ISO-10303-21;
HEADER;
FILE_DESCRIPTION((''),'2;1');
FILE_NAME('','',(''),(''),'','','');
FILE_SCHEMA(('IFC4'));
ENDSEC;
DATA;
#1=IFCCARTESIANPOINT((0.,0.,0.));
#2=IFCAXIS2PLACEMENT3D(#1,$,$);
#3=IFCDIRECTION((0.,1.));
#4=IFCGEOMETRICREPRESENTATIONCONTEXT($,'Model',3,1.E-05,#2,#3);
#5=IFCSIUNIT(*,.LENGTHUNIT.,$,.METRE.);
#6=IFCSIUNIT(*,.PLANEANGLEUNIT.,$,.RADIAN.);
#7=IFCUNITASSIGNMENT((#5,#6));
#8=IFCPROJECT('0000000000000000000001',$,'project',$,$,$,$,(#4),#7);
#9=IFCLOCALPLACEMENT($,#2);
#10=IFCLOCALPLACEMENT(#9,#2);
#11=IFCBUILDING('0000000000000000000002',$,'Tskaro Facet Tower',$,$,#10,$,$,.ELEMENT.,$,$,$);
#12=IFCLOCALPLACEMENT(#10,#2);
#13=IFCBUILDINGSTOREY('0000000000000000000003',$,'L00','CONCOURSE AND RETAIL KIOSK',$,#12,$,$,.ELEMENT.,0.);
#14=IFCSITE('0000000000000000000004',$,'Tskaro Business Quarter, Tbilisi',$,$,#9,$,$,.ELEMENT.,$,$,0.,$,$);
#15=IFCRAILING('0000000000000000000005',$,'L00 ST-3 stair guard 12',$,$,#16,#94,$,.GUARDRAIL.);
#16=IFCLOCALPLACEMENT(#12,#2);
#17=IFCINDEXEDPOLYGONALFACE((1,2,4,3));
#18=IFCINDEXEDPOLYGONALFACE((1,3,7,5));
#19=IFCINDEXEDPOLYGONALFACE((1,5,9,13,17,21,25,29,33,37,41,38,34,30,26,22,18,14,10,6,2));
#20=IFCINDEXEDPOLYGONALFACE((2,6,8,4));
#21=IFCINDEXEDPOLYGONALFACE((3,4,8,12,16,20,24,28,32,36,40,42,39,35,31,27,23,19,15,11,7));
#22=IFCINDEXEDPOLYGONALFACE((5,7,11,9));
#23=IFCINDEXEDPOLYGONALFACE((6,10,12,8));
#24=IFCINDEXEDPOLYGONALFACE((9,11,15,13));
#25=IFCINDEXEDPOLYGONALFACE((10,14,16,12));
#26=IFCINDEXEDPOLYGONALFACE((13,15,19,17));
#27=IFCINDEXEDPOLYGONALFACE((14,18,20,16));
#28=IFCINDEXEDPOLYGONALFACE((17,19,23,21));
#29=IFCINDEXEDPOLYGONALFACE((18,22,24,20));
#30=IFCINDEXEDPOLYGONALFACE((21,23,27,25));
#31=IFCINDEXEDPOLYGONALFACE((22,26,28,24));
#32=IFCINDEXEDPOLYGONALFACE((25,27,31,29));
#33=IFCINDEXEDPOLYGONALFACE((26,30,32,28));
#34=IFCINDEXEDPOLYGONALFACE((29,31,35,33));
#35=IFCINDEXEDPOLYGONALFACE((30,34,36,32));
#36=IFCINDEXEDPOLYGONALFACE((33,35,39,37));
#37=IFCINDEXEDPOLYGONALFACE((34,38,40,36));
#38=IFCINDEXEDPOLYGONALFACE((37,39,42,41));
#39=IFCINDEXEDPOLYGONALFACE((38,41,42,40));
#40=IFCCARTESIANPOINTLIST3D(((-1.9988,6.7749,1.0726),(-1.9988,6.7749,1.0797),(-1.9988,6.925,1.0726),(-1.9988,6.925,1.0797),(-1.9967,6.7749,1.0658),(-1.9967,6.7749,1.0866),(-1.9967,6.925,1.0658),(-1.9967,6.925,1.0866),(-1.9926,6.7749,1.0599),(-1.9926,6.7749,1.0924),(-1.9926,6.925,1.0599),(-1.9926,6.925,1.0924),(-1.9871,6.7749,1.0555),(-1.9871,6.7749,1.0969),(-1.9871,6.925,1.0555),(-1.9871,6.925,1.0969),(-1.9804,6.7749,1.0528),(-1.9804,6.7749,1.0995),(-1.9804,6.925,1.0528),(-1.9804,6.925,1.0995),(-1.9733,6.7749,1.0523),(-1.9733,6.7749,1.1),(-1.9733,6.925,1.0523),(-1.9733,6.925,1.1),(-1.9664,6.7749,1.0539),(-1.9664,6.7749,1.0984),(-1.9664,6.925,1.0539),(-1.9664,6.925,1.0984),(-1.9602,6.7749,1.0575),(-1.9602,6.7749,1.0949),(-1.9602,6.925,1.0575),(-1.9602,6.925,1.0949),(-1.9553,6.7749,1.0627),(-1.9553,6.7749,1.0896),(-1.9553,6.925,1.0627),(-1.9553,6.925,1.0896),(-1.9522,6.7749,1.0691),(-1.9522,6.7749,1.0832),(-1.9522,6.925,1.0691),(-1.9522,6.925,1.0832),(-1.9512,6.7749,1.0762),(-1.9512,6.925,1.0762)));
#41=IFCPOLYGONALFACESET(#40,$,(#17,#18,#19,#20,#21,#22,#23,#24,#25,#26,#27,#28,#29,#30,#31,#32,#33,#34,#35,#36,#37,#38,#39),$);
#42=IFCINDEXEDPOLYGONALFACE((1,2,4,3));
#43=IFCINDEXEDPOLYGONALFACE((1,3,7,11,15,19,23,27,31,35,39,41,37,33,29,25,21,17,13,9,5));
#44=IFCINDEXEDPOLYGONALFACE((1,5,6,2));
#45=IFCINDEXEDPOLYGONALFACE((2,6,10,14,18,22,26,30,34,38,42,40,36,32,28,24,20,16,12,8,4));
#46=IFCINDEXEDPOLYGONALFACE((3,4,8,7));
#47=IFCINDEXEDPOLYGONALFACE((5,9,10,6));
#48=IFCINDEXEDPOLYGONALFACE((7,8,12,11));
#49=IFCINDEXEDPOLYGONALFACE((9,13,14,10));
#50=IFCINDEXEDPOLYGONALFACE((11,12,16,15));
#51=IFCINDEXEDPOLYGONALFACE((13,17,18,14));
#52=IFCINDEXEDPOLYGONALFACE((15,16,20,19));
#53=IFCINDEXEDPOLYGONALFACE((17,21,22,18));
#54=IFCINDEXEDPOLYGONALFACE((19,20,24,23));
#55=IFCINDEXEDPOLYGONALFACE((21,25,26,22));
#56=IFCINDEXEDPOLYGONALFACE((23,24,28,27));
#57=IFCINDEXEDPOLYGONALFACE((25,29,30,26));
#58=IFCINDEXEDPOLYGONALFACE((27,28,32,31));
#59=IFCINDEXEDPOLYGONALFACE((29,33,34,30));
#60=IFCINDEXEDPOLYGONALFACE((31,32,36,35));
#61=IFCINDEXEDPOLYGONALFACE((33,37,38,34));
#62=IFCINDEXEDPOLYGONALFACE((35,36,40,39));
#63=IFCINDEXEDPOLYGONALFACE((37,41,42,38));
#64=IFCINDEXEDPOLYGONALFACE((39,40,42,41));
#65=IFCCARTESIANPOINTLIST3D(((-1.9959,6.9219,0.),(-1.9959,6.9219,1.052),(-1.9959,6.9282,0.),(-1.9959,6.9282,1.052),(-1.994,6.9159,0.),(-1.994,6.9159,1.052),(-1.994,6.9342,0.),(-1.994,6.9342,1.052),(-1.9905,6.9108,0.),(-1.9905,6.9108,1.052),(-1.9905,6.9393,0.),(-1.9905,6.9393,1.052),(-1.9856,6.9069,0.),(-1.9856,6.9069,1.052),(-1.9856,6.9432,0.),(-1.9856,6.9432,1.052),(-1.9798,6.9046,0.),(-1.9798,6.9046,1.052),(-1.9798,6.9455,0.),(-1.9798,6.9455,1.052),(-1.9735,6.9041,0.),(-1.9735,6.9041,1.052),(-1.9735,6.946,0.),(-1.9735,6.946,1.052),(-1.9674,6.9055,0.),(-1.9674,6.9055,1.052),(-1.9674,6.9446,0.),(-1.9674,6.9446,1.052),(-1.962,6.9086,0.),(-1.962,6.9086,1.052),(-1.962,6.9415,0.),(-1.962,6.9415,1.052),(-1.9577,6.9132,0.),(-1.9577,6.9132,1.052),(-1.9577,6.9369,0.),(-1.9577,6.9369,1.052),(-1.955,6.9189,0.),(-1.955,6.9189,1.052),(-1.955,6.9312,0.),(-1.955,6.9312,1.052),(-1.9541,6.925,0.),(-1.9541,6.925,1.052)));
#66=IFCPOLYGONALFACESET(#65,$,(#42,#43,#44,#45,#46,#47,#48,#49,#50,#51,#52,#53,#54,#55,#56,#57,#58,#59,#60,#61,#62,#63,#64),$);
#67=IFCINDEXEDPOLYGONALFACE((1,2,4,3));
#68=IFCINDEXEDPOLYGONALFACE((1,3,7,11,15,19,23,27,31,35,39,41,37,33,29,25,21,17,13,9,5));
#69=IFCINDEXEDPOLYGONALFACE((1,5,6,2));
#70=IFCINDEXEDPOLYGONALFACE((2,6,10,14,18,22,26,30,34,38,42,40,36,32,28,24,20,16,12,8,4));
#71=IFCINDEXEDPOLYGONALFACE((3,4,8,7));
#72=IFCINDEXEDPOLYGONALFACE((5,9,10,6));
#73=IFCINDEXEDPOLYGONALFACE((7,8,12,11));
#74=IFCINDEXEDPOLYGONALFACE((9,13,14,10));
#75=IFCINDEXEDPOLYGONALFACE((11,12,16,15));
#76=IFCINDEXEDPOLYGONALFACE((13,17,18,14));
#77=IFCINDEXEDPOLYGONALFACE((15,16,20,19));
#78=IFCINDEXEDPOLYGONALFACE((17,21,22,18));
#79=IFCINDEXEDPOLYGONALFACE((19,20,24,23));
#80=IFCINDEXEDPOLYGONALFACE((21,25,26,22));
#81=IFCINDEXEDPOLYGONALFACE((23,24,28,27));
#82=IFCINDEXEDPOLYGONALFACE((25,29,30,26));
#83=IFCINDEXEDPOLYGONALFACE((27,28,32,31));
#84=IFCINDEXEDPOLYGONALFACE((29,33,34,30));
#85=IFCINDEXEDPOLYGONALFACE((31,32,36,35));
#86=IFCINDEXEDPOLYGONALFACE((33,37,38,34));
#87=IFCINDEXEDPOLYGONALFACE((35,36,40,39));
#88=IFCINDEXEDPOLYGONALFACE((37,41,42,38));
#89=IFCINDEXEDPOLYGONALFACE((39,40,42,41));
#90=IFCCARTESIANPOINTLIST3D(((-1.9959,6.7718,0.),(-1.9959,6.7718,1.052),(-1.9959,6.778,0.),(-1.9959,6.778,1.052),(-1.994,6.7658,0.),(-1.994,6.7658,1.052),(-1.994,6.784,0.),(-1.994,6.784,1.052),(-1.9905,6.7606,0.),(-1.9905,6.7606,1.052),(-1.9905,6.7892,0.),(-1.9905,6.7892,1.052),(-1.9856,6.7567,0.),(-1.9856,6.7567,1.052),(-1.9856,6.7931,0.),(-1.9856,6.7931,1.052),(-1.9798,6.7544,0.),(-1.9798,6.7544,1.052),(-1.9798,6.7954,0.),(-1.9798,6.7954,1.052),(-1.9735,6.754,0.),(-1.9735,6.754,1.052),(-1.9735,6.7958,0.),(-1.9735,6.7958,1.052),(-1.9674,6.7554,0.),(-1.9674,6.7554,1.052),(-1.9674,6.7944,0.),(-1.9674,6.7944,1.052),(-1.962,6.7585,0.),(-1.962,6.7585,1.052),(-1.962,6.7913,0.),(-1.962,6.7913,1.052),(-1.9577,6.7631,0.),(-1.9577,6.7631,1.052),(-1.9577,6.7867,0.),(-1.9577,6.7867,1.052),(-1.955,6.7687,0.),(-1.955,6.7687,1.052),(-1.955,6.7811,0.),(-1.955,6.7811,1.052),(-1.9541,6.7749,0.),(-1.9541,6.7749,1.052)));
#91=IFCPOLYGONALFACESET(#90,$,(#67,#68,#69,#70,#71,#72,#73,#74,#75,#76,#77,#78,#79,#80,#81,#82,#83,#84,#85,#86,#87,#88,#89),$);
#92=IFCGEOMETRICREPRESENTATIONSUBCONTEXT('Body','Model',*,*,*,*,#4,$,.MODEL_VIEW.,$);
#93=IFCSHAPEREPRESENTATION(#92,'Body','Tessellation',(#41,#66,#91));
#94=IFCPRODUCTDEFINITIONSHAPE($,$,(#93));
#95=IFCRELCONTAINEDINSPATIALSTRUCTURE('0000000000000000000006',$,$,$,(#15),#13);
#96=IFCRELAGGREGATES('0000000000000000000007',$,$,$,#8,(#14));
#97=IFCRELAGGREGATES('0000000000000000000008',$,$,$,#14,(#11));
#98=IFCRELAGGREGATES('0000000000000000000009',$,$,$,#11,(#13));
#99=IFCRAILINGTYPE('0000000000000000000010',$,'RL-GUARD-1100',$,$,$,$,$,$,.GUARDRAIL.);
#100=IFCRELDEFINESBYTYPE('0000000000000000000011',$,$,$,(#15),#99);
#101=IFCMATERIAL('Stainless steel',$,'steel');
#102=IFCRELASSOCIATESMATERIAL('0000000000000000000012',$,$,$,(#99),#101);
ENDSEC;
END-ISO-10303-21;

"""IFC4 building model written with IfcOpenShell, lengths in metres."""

from ifc_helpers import new_model, si_unit, direction, frame, origin, origin_2d, place, context, subcontext, project, spatial, circle, extrude, material, type_object, element, save


model = new_model("IFC4")

# Units and contexts
model_context = context("Model", 3, precision=1e-05, world=origin(), true_north=direction((0.0, 1.0)))
body_context = subcontext(model_context, "Body", "Model", "MODEL_VIEW")
ifc_project = project(units=[si_unit("LENGTHUNIT", "METRE"), si_unit("PLANEANGLEUNIT", "RADIAN")], contexts=[model_context])

# Site, building, storey
site_placement = place(None, origin())
site = spatial("IfcSite", under=ifc_project, at=site_placement, Name="Tskaro Business Quarter, Tbilisi", CompositionType="ELEMENT", RefElevation=0.0)
building_placement = place(site_placement, origin())
building = spatial("IfcBuilding", under=site, at=building_placement, Name="Tskaro Facet Tower", CompositionType="ELEMENT")
storey_placement = place(building_placement, origin())
storey = spatial("IfcBuildingStorey", under=building, at=storey_placement, Name="L00", Description="CONCOURSE AND RETAIL KIOSK", CompositionType="ELEMENT", Elevation=0.0)

# Shared definitions
ifc_material_1 = material(Name="Stainless steel", Category="steel")

# Railing
railing_type_1 = type_object("IfcRailingType", Name="RL-GUARD-1100", PredefinedType="GUARDRAIL", material=ifc_material_1)
for number, where, name in (
    (1, (-1.9751, 6.925, 0.0), "L00 ST-3 stair guard 12"),
):
    element("IfcRailing", number, at=place(storey_placement, frame(where)), inside=storey, type_object=railing_type_1, Name=name, PredefinedType="GUARDRAIL", context=body_context, shape_type="SweptSolid", body=[
        extrude(circle(Radius=0.0239, at=origin_2d()), frame((0.0, 0.0, 1.0762), z_axis=(0.0, -1.0, 0.0), x_axis=(1.0, 0.0, 0.0)), (0.0, 0.0, 1.0), 0.1501),
        extrude(circle(Radius=0.021, at=origin_2d()), origin(), (0.0, 0.0, 1.0), 1.052),
        extrude(circle(Radius=0.021, at=origin_2d()), frame((0.0, -0.1501, 0.0)), (0.0, 0.0, 1.0), 1.052),
    ])

save(model, "model.ifc")
